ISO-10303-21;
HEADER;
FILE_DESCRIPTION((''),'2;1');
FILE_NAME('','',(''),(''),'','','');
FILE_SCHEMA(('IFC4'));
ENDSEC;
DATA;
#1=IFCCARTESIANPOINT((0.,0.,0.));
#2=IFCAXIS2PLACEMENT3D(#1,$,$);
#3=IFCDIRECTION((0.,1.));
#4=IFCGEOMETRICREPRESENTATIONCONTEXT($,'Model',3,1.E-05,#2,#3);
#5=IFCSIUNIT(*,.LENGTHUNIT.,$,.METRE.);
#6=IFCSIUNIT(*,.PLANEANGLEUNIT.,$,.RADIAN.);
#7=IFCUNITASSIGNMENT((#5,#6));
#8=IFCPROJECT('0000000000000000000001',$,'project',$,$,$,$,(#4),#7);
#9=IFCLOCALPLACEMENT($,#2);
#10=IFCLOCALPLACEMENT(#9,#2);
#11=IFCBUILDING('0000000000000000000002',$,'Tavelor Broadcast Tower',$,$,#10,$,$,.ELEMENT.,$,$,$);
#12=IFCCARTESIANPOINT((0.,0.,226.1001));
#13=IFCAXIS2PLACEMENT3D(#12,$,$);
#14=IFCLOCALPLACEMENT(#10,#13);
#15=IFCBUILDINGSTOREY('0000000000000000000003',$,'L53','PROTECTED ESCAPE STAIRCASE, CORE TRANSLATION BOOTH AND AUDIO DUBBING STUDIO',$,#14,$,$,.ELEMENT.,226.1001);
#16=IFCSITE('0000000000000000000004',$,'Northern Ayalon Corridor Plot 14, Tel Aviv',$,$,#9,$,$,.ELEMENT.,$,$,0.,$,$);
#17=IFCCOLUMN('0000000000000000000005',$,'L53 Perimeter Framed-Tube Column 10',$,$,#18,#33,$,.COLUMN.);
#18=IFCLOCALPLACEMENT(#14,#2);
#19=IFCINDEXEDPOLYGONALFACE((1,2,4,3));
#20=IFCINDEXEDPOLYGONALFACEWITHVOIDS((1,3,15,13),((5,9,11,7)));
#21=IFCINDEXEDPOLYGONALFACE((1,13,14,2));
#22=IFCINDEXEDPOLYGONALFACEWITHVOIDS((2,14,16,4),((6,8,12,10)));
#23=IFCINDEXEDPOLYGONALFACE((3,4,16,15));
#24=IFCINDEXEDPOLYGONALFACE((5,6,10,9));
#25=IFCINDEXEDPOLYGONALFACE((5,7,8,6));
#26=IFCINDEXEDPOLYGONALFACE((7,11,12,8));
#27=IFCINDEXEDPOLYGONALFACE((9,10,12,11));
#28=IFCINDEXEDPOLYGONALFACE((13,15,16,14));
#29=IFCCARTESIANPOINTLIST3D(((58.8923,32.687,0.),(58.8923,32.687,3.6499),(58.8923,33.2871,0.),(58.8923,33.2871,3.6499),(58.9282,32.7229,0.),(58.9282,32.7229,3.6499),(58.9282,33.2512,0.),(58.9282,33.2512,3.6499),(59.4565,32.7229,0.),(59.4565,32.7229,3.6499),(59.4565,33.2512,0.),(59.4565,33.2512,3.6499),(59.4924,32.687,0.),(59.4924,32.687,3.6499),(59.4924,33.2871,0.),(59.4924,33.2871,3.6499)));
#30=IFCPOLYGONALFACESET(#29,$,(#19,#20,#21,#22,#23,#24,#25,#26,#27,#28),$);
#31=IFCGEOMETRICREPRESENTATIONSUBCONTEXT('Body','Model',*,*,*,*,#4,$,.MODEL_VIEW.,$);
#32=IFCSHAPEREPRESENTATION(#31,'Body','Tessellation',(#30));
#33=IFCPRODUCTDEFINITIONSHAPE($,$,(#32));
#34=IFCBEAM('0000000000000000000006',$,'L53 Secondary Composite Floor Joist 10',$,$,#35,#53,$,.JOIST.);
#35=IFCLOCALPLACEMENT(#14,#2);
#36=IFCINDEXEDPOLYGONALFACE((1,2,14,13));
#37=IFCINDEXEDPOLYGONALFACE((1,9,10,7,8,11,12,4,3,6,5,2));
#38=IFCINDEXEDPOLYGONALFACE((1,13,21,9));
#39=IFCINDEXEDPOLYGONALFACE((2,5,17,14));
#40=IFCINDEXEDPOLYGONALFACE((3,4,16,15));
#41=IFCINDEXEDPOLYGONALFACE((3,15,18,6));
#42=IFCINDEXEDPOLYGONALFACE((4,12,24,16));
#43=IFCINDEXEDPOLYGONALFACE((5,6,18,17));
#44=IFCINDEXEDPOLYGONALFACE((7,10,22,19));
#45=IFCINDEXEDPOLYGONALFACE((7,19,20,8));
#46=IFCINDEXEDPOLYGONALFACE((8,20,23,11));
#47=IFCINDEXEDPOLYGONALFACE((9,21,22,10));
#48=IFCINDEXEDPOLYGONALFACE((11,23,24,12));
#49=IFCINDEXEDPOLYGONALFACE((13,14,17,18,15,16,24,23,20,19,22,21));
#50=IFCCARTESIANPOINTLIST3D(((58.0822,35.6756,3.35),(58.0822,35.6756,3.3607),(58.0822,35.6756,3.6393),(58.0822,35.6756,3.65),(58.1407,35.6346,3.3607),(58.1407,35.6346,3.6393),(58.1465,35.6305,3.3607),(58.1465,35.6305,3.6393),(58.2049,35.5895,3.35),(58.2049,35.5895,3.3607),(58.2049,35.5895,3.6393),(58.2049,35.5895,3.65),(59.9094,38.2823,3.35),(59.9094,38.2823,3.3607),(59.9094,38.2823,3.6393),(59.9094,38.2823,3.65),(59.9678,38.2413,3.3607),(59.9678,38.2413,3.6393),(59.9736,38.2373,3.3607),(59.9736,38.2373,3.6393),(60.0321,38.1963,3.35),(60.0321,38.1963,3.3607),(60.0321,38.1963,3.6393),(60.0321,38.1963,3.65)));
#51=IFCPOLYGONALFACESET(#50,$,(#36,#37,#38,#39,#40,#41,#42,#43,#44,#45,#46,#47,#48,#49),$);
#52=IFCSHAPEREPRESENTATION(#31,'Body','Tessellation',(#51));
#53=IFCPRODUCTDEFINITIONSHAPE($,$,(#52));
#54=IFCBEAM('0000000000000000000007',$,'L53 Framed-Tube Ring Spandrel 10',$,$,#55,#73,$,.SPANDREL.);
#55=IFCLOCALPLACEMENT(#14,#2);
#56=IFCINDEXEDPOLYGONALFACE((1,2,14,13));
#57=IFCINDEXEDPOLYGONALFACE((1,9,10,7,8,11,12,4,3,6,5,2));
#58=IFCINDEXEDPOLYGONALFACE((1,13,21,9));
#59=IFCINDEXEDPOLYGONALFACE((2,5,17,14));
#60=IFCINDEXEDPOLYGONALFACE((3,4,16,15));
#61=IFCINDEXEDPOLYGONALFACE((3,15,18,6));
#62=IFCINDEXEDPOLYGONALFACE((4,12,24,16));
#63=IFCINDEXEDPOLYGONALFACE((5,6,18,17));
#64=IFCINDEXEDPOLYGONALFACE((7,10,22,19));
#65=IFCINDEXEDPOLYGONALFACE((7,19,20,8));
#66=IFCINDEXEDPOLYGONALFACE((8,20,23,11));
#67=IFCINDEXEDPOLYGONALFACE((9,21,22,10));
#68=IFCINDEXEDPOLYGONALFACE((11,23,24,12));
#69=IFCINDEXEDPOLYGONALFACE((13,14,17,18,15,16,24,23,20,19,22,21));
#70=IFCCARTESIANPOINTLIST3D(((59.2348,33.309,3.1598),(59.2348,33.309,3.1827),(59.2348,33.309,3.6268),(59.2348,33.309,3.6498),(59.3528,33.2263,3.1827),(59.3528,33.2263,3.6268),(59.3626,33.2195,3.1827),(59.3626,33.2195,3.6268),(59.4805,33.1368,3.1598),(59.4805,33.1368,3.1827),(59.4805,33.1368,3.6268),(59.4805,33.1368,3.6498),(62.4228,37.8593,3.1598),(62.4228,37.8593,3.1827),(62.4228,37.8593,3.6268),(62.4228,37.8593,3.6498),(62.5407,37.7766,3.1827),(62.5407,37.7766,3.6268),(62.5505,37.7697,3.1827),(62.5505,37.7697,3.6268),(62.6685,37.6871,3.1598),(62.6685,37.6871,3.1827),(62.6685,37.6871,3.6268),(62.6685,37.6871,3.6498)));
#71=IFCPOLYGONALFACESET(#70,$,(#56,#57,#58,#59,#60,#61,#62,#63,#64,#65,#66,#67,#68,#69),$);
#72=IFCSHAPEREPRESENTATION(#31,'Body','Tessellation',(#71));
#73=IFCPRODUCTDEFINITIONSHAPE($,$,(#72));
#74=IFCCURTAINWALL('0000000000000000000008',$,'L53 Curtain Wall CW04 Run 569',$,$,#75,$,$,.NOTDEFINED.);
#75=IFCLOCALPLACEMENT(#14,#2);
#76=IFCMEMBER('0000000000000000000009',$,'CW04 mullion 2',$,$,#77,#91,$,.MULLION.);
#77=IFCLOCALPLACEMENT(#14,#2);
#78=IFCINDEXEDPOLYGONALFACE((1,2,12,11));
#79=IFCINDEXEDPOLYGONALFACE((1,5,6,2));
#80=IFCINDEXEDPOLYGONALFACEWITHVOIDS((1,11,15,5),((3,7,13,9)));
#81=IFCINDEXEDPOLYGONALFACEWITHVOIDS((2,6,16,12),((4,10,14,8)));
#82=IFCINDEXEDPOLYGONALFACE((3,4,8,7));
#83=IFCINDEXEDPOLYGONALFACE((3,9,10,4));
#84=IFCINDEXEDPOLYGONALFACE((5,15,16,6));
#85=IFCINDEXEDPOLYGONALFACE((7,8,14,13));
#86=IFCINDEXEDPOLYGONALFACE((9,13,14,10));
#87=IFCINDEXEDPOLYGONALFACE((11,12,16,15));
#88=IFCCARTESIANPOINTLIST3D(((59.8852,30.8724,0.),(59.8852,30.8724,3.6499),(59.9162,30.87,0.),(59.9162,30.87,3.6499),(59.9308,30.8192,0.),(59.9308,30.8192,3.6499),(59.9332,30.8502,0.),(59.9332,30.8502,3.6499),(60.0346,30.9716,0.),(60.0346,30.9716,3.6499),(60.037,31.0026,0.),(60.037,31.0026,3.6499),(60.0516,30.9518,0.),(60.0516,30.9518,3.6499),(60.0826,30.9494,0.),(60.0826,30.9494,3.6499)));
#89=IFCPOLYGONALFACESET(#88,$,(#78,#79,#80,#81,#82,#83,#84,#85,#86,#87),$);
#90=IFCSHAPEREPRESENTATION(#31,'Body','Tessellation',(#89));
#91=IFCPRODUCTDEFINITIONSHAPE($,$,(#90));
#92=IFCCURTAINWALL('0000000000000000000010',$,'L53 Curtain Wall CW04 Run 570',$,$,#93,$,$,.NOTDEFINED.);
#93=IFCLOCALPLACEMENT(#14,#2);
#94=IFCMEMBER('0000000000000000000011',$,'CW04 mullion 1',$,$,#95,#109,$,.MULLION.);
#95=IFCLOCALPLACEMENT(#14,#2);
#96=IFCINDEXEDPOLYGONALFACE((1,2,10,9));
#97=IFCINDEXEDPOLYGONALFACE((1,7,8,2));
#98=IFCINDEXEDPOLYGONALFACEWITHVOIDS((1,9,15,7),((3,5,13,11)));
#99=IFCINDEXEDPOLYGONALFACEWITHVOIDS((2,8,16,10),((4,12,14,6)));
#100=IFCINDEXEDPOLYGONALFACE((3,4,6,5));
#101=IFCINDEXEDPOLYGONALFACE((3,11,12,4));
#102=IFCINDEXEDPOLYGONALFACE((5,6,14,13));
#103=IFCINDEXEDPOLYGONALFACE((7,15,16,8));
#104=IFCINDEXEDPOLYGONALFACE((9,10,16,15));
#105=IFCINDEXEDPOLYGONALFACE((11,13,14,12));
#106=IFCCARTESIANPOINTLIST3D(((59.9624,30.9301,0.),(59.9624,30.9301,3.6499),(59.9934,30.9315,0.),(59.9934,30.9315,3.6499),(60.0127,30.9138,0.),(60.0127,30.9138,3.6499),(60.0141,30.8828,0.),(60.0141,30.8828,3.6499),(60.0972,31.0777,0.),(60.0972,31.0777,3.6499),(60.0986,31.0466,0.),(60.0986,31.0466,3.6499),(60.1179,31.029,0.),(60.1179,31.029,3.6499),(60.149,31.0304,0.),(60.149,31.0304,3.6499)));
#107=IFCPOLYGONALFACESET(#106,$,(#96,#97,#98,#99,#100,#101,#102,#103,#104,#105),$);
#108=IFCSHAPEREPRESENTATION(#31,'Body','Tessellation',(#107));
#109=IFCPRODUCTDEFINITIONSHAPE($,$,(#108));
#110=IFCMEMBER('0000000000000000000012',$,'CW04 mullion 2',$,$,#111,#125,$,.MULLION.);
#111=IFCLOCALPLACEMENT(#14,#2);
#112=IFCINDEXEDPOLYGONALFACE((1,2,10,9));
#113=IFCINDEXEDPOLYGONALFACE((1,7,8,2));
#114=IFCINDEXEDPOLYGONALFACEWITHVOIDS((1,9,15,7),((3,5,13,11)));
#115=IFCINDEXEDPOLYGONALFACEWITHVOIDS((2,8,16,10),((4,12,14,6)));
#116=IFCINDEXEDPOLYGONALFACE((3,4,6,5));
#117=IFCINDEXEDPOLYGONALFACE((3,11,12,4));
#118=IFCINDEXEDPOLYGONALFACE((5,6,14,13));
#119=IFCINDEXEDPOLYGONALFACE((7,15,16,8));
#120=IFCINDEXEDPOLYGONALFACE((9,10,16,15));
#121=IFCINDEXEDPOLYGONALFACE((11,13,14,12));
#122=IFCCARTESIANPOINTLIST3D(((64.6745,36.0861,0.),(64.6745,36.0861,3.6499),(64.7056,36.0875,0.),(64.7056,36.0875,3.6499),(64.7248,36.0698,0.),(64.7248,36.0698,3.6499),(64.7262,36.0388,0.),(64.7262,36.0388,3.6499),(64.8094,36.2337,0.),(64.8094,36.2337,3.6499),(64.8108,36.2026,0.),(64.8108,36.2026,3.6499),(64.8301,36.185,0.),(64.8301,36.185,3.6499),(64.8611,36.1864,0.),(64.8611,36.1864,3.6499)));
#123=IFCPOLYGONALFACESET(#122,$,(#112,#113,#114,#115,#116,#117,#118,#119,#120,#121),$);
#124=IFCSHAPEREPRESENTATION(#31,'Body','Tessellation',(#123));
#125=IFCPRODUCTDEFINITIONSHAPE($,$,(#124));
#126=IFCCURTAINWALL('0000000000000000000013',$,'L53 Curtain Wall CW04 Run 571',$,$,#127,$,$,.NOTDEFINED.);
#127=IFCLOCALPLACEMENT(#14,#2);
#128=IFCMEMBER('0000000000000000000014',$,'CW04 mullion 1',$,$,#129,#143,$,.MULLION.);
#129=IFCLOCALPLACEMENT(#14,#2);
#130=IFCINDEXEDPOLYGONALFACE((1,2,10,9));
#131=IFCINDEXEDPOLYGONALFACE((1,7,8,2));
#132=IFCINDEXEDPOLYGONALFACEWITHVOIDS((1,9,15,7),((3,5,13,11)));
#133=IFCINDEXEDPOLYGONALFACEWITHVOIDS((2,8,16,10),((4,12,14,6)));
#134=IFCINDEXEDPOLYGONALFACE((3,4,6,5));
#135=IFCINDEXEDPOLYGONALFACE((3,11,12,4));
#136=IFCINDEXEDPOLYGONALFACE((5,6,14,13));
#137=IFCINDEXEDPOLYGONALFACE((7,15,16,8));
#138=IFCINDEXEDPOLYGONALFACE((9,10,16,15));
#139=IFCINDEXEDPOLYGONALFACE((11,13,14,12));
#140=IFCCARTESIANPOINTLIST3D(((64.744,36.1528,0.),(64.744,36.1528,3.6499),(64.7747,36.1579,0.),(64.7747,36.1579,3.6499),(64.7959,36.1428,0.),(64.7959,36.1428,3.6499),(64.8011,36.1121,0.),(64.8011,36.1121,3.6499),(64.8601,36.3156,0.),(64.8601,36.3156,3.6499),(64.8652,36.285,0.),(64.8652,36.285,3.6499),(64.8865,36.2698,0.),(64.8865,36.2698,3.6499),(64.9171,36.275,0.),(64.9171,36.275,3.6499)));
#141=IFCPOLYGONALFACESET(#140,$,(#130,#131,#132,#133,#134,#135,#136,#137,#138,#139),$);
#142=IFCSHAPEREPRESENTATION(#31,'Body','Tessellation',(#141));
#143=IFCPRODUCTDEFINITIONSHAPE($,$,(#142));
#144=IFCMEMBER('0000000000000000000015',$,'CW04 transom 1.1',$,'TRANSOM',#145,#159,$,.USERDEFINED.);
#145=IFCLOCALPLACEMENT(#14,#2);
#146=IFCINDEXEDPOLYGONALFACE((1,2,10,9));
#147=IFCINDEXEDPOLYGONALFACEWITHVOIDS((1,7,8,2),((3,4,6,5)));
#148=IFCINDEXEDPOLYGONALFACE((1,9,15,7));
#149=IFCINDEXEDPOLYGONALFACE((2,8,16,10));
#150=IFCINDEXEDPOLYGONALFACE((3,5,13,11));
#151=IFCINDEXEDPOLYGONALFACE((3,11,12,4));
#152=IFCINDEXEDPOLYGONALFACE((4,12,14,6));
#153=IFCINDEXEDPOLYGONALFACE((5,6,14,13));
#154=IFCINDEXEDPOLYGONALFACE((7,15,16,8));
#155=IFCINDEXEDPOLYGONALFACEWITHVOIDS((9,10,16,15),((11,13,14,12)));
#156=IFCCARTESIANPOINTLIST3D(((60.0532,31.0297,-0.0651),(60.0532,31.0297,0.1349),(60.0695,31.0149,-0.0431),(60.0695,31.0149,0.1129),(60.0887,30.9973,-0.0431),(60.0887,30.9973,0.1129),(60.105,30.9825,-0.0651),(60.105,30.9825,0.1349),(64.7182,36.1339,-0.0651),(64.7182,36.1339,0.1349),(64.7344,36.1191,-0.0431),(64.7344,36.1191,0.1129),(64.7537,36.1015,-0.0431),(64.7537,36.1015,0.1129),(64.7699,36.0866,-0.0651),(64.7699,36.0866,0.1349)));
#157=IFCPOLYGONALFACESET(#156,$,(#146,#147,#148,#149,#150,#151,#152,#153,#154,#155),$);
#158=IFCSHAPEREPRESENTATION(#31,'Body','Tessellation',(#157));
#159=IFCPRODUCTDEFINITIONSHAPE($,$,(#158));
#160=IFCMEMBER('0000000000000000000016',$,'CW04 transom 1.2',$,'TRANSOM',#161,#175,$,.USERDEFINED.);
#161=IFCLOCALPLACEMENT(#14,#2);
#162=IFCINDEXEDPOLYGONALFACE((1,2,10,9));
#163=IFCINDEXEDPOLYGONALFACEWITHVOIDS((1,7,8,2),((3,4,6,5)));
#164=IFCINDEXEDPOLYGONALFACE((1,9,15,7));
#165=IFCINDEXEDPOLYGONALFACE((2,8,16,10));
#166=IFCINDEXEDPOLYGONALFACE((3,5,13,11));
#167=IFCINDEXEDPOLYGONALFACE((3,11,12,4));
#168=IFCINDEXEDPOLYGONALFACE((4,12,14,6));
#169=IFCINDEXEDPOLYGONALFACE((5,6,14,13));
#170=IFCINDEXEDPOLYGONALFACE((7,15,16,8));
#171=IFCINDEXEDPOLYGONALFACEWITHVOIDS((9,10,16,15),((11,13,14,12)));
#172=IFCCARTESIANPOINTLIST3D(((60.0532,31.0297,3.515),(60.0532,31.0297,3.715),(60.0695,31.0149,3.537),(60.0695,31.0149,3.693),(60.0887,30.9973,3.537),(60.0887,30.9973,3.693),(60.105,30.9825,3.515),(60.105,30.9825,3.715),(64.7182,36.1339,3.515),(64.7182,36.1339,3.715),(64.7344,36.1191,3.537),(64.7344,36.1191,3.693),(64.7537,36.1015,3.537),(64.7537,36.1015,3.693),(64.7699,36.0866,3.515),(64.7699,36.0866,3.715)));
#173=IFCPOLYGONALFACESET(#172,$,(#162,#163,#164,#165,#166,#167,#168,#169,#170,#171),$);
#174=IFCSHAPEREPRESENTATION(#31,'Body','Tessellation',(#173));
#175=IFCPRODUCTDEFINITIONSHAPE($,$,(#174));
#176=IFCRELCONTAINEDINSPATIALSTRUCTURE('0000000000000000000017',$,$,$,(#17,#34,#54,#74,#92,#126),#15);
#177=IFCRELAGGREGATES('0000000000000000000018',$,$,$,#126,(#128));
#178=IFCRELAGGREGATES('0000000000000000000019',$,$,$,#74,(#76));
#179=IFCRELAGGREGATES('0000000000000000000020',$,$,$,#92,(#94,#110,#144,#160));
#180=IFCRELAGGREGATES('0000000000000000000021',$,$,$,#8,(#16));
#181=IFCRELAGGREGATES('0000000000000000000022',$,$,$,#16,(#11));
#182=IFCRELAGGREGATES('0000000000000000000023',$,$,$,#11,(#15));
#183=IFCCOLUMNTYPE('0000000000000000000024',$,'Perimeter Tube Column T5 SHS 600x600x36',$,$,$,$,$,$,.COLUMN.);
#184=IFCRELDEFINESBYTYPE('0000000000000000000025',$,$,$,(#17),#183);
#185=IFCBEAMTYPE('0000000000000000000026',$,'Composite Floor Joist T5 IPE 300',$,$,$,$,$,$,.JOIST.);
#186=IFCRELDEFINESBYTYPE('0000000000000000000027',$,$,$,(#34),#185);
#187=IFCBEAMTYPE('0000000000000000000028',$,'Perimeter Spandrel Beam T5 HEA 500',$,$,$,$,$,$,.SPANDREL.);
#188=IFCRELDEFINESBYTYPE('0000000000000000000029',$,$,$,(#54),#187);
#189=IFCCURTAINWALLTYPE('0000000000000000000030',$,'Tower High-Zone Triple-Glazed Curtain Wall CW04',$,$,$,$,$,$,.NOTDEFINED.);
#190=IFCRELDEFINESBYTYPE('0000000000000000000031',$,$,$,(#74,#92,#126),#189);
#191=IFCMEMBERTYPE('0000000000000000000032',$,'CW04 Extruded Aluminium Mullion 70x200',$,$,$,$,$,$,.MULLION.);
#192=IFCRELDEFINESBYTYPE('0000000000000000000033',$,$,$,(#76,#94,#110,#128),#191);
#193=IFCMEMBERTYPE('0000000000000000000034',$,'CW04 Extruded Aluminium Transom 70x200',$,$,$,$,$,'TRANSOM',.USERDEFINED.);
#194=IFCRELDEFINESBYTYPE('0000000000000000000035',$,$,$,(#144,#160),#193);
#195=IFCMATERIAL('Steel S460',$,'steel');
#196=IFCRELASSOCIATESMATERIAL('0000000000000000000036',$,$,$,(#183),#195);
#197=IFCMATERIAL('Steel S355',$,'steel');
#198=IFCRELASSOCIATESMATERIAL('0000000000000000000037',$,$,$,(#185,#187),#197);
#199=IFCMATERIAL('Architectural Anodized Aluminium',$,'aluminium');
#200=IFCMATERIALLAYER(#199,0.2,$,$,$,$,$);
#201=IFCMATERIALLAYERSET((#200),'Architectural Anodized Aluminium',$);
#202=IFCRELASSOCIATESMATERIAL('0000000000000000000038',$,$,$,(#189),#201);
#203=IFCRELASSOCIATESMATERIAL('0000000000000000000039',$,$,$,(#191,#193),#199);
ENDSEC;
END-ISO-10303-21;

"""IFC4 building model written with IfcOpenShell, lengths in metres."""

from ifc_helpers import new_model, si_unit, direction, frame, origin, origin_2d, place, context, subcontext, project, spatial, hollow_rectangle, i_section, extrude, source, transform, mapped, material, layer, layer_set, material_profile, profile_set, type_object, type_shapes, element, aggregate, save


model = new_model("IFC4")

# Units and contexts
model_context = context("Model", 3, precision=1e-05, world=origin(), true_north=direction((0.0, 1.0)))
body_context = subcontext(model_context, "Body", "Model", "MODEL_VIEW")
ifc_project = project(units=[si_unit("LENGTHUNIT", "METRE"), si_unit("PLANEANGLEUNIT", "RADIAN")], contexts=[model_context])

# Site, building, storey
site_placement = place(None, origin())
site = spatial("IfcSite", under=ifc_project, at=site_placement, Name="Northern Ayalon Corridor Plot 14, Tel Aviv", CompositionType="ELEMENT", RefElevation=0.0)
building_placement = place(site_placement, origin())
building = spatial("IfcBuilding", under=site, at=building_placement, Name="Tavelor Broadcast Tower", CompositionType="ELEMENT")
storey_placement = place(building_placement, frame((0.0, 0.0, 226.1001)))
storey = spatial("IfcBuildingStorey", under=building, at=storey_placement, Name="L53", Description="PROTECTED ESCAPE STAIRCASE, CORE TRANSLATION BOOTH AND AUDIO DUBBING STUDIO", CompositionType="ELEMENT", Elevation=226.1001)

# Column
ifc_material_1 = material(Name="Steel S460", Category="steel")
ifc_material_profile_1 = material_profile(ifc_material_1, hollow_rectangle(XDim=0.6001, YDim=0.6001, WallThickness=0.0359, at=origin_2d()), Name="SHS 600x600x36")
ifc_profile_set_1 = profile_set([ifc_material_profile_1], Name="Steel S460")
column_type = type_object("IfcColumnType", Name="Perimeter Tube Column T5 SHS 600x600x36", PredefinedType="COLUMN", material=ifc_profile_set_1)
column_placement = place(storey_placement, frame((59.1924, 32.9871, 0.0), z_axis=(0.0, 0.0, 1.0), x_axis=(1.0, 0.0, 0.0)))
element("IfcColumn", 1, at=column_placement, inside=storey, type_object=column_type, Name="L53 Perimeter Framed-Tube Column 10", PredefinedType="COLUMN", context=body_context, shape_type="SweptSolid", body=[
    extrude(hollow_rectangle(XDim=0.6001, YDim=0.6001, WallThickness=0.0359, at=origin_2d()), origin(), (0.0, 0.0, 1.0), 3.6499),
])

# Beams
ifc_material_2 = material(Name="Steel S355", Category="steel")
ifc_material_profile_2 = material_profile(ifc_material_2, i_section(OverallWidth=0.1499, OverallDepth=0.3, WebThickness=0.0071, FlangeThickness=0.0107, at=origin_2d()), Name="IPE 300")
ifc_profile_set_2 = profile_set([ifc_material_profile_2], Name="Steel S355")
beam_type_1 = type_object("IfcBeamType", Name="Composite Floor Joist T5 IPE 300", PredefinedType="JOIST", material=ifc_profile_set_2)
beam_1_placement = place(storey_placement, frame((58.1436, 35.6326, 3.5), z_axis=(0.573982, 0.818868, 0.0), x_axis=(-0.818868, 0.573982, 0.0)))
element("IfcBeam", 2, at=beam_1_placement, inside=storey, type_object=beam_type_1, Name="L53 Secondary Composite Floor Joist 10", PredefinedType="JOIST", context=body_context, shape_type="SweptSolid", body=[
    extrude(i_section(OverallWidth=0.1499, OverallDepth=0.3, WebThickness=0.0071, FlangeThickness=0.0107, at=origin_2d()), origin(), (0.0, 0.0, 1.0), 3.1833),
])
ifc_material_profile_3 = material_profile(ifc_material_2, i_section(OverallWidth=0.3, OverallDepth=0.49, WebThickness=0.012, FlangeThickness=0.0229, at=origin_2d()), Name="HEA 500")
ifc_profile_set_3 = profile_set([ifc_material_profile_3], Name="Steel S355")
beam_type_2 = type_object("IfcBeamType", Name="Perimeter Spandrel Beam T5 HEA 500", PredefinedType="SPANDREL", material=ifc_profile_set_3)
beam_2_placement = place(storey_placement, frame((59.3577, 33.2229, 3.4048), z_axis=(0.573798, 0.818997, 0.0), x_axis=(-0.818997, 0.573798, 0.0)))
element("IfcBeam", 3, at=beam_2_placement, inside=storey, type_object=beam_type_2, Name="L53 Framed-Tube Ring Spandrel 10", PredefinedType="SPANDREL", context=body_context, shape_type="SweptSolid", body=[
    extrude(i_section(OverallWidth=0.3, OverallDepth=0.49, WebThickness=0.012, FlangeThickness=0.0229, at=origin_2d()), origin(), (0.0, 0.0, 1.0), 5.5559),
])

# Curtain wall, member
ifc_material_3 = material(Name="Architectural Anodized Aluminium", Category="aluminium")
ifc_layer_1 = layer(ifc_material_3, 0.2)
ifc_layer_set_1 = layer_set([ifc_layer_1], Name="Architectural Anodized Aluminium")
curtain_wall_type = type_object("IfcCurtainWallType", Name="Tower High-Zone Triple-Glazed Curtain Wall CW04", PredefinedType="NOTDEFINED", material=ifc_layer_set_1)
curtain_wall_1_placement = place(storey_placement, origin())
curtain_wall_1 = element("IfcCurtainWall", 4, at=curtain_wall_1_placement, inside=storey, type_object=curtain_wall_type, Name="L53 Curtain Wall CW04 Run 569", PredefinedType="NOTDEFINED")
ifc_material_profile_4 = material_profile(ifc_material_3, hollow_rectangle(XDim=0.0701, YDim=0.2, WallThickness=0.022, at=origin_2d()), Name="RHS 70x200x22")
ifc_profile_set_4 = profile_set([ifc_material_profile_4], Name="Architectural Anodized Aluminium")
member_type_1 = type_object("IfcMemberType", Name="CW04 Extruded Aluminium Mullion 70x200", PredefinedType="MULLION", material=ifc_profile_set_4)
shared_shape_1 = source(origin(), body_context, "Body", "SweptSolid", [
    extrude(hollow_rectangle(XDim=0.0701, YDim=0.2, WallThickness=0.022, at=origin_2d()), origin(), (0.0, 0.0, 1.0), 3.6499),
])
type_shapes(member_type_1, [shared_shape_1])
member_1_placement = place(storey_placement, frame((59.9839, 30.9109, 0.0), z_axis=(0.0, 0.0, 1.0), x_axis=(-0.651107, 0.758986, 0.0)))
member_1 = element("IfcMember", 5, at=member_1_placement, type_object=member_type_1, Name="CW04 mullion 2", PredefinedType="MULLION", context=body_context, shape_type="MappedRepresentation", body=[
    mapped(shared_shape_1, transform((0.0, 0.0, 0.0), scale=1.0)),
])

# Curtain wall, members
curtain_wall_2_placement = place(storey_placement, origin())
curtain_wall_2 = element("IfcCurtainWall", 6, at=curtain_wall_2_placement, inside=storey, type_object=curtain_wall_type, Name="L53 Curtain Wall CW04 Run 570", PredefinedType="NOTDEFINED")
member_2_placement = place(storey_placement, frame((60.0557, 30.9802, 0.0), z_axis=(0.0, 0.0, 1.0), x_axis=(-0.738165, 0.674621, 0.0)))
member_2 = element("IfcMember", 7, at=member_2_placement, type_object=member_type_1, Name="CW04 mullion 1", PredefinedType="MULLION", context=body_context, shape_type="MappedRepresentation", body=[
    mapped(shared_shape_1, transform((0.0, 0.0, 0.0), scale=1.0)),
])
member_3_placement = place(storey_placement, frame((64.7678, 36.1362, 0.0), z_axis=(0.0, 0.0, 1.0), x_axis=(-0.738165, 0.674621, 0.0)))
member_3 = element("IfcMember", 8, at=member_3_placement, type_object=member_type_1, Name="CW04 mullion 2", PredefinedType="MULLION", context=body_context, shape_type="MappedRepresentation", body=[
    mapped(shared_shape_1, transform((0.0, 0.0, 0.0), scale=1.0)),
])

# Curtain wall, member
curtain_wall_3_placement = place(storey_placement, origin())
curtain_wall_3 = element("IfcCurtainWall", 9, at=curtain_wall_3_placement, inside=storey, type_object=curtain_wall_type, Name="L53 Curtain Wall CW04 Run 571", PredefinedType="NOTDEFINED")
member_4_placement = place(storey_placement, frame((64.8306, 36.2139, 0.0), z_axis=(0.0, 0.0, 1.0), x_axis=(-0.814376, 0.580338, 0.0)))
member_4 = element("IfcMember", 10, at=member_4_placement, type_object=member_type_1, Name="CW04 mullion 1", PredefinedType="MULLION", context=body_context, shape_type="MappedRepresentation", body=[
    mapped(shared_shape_1, transform((0.0, 0.0, 0.0), scale=1.0)),
])

# Members
ifc_material_profile_5 = material_profile(ifc_material_3, hollow_rectangle(XDim=0.0701, YDim=0.2, WallThickness=0.022, at=origin_2d()), Name="RHS 70x200x22")
ifc_profile_set_5 = profile_set([ifc_material_profile_5], Name="Architectural Anodized Aluminium")
member_type_2 = type_object("IfcMemberType", Name="CW04 Extruded Aluminium Transom 70x200", ElementType="TRANSOM", PredefinedType="USERDEFINED", material=ifc_profile_set_5)
shared_shape_2 = source(origin(), body_context, "Body", "SweptSolid", [
    extrude(hollow_rectangle(XDim=0.0701, YDim=0.2, WallThickness=0.022, at=origin_2d()), origin(), (0.0, 0.0, 1.0), 6.9148),
])
type_shapes(member_type_2, [shared_shape_2])
member_5_placement = place(storey_placement, frame((60.0791, 31.0061, 0.0349), z_axis=(0.674635, 0.738151, 0.0), x_axis=(-0.738151, 0.674635, 0.0)))
member_5 = element("IfcMember", 11, at=member_5_placement, type_object=member_type_2, Name="CW04 transom 1.1", ObjectType="TRANSOM", PredefinedType="USERDEFINED", context=body_context, shape_type="MappedRepresentation", body=[
    mapped(shared_shape_2, transform((0.0, 0.0, 0.0), scale=1.0)),
])
member_6_placement = place(storey_placement, frame((60.0791, 31.0061, 3.615), z_axis=(0.674635, 0.738151, 0.0), x_axis=(-0.738151, 0.674635, 0.0)))
member_6 = element("IfcMember", 12, at=member_6_placement, type_object=member_type_2, Name="CW04 transom 1.2", ObjectType="TRANSOM", PredefinedType="USERDEFINED", context=body_context, shape_type="MappedRepresentation", body=[
    mapped(shared_shape_2, transform((0.0, 0.0, 0.0), scale=1.0)),
])
aggregate(curtain_wall_3, [member_4])

aggregate(curtain_wall_1, [member_1])
aggregate(curtain_wall_2, [member_2, member_3, member_5, member_6])

save(model, "model.ifc")
